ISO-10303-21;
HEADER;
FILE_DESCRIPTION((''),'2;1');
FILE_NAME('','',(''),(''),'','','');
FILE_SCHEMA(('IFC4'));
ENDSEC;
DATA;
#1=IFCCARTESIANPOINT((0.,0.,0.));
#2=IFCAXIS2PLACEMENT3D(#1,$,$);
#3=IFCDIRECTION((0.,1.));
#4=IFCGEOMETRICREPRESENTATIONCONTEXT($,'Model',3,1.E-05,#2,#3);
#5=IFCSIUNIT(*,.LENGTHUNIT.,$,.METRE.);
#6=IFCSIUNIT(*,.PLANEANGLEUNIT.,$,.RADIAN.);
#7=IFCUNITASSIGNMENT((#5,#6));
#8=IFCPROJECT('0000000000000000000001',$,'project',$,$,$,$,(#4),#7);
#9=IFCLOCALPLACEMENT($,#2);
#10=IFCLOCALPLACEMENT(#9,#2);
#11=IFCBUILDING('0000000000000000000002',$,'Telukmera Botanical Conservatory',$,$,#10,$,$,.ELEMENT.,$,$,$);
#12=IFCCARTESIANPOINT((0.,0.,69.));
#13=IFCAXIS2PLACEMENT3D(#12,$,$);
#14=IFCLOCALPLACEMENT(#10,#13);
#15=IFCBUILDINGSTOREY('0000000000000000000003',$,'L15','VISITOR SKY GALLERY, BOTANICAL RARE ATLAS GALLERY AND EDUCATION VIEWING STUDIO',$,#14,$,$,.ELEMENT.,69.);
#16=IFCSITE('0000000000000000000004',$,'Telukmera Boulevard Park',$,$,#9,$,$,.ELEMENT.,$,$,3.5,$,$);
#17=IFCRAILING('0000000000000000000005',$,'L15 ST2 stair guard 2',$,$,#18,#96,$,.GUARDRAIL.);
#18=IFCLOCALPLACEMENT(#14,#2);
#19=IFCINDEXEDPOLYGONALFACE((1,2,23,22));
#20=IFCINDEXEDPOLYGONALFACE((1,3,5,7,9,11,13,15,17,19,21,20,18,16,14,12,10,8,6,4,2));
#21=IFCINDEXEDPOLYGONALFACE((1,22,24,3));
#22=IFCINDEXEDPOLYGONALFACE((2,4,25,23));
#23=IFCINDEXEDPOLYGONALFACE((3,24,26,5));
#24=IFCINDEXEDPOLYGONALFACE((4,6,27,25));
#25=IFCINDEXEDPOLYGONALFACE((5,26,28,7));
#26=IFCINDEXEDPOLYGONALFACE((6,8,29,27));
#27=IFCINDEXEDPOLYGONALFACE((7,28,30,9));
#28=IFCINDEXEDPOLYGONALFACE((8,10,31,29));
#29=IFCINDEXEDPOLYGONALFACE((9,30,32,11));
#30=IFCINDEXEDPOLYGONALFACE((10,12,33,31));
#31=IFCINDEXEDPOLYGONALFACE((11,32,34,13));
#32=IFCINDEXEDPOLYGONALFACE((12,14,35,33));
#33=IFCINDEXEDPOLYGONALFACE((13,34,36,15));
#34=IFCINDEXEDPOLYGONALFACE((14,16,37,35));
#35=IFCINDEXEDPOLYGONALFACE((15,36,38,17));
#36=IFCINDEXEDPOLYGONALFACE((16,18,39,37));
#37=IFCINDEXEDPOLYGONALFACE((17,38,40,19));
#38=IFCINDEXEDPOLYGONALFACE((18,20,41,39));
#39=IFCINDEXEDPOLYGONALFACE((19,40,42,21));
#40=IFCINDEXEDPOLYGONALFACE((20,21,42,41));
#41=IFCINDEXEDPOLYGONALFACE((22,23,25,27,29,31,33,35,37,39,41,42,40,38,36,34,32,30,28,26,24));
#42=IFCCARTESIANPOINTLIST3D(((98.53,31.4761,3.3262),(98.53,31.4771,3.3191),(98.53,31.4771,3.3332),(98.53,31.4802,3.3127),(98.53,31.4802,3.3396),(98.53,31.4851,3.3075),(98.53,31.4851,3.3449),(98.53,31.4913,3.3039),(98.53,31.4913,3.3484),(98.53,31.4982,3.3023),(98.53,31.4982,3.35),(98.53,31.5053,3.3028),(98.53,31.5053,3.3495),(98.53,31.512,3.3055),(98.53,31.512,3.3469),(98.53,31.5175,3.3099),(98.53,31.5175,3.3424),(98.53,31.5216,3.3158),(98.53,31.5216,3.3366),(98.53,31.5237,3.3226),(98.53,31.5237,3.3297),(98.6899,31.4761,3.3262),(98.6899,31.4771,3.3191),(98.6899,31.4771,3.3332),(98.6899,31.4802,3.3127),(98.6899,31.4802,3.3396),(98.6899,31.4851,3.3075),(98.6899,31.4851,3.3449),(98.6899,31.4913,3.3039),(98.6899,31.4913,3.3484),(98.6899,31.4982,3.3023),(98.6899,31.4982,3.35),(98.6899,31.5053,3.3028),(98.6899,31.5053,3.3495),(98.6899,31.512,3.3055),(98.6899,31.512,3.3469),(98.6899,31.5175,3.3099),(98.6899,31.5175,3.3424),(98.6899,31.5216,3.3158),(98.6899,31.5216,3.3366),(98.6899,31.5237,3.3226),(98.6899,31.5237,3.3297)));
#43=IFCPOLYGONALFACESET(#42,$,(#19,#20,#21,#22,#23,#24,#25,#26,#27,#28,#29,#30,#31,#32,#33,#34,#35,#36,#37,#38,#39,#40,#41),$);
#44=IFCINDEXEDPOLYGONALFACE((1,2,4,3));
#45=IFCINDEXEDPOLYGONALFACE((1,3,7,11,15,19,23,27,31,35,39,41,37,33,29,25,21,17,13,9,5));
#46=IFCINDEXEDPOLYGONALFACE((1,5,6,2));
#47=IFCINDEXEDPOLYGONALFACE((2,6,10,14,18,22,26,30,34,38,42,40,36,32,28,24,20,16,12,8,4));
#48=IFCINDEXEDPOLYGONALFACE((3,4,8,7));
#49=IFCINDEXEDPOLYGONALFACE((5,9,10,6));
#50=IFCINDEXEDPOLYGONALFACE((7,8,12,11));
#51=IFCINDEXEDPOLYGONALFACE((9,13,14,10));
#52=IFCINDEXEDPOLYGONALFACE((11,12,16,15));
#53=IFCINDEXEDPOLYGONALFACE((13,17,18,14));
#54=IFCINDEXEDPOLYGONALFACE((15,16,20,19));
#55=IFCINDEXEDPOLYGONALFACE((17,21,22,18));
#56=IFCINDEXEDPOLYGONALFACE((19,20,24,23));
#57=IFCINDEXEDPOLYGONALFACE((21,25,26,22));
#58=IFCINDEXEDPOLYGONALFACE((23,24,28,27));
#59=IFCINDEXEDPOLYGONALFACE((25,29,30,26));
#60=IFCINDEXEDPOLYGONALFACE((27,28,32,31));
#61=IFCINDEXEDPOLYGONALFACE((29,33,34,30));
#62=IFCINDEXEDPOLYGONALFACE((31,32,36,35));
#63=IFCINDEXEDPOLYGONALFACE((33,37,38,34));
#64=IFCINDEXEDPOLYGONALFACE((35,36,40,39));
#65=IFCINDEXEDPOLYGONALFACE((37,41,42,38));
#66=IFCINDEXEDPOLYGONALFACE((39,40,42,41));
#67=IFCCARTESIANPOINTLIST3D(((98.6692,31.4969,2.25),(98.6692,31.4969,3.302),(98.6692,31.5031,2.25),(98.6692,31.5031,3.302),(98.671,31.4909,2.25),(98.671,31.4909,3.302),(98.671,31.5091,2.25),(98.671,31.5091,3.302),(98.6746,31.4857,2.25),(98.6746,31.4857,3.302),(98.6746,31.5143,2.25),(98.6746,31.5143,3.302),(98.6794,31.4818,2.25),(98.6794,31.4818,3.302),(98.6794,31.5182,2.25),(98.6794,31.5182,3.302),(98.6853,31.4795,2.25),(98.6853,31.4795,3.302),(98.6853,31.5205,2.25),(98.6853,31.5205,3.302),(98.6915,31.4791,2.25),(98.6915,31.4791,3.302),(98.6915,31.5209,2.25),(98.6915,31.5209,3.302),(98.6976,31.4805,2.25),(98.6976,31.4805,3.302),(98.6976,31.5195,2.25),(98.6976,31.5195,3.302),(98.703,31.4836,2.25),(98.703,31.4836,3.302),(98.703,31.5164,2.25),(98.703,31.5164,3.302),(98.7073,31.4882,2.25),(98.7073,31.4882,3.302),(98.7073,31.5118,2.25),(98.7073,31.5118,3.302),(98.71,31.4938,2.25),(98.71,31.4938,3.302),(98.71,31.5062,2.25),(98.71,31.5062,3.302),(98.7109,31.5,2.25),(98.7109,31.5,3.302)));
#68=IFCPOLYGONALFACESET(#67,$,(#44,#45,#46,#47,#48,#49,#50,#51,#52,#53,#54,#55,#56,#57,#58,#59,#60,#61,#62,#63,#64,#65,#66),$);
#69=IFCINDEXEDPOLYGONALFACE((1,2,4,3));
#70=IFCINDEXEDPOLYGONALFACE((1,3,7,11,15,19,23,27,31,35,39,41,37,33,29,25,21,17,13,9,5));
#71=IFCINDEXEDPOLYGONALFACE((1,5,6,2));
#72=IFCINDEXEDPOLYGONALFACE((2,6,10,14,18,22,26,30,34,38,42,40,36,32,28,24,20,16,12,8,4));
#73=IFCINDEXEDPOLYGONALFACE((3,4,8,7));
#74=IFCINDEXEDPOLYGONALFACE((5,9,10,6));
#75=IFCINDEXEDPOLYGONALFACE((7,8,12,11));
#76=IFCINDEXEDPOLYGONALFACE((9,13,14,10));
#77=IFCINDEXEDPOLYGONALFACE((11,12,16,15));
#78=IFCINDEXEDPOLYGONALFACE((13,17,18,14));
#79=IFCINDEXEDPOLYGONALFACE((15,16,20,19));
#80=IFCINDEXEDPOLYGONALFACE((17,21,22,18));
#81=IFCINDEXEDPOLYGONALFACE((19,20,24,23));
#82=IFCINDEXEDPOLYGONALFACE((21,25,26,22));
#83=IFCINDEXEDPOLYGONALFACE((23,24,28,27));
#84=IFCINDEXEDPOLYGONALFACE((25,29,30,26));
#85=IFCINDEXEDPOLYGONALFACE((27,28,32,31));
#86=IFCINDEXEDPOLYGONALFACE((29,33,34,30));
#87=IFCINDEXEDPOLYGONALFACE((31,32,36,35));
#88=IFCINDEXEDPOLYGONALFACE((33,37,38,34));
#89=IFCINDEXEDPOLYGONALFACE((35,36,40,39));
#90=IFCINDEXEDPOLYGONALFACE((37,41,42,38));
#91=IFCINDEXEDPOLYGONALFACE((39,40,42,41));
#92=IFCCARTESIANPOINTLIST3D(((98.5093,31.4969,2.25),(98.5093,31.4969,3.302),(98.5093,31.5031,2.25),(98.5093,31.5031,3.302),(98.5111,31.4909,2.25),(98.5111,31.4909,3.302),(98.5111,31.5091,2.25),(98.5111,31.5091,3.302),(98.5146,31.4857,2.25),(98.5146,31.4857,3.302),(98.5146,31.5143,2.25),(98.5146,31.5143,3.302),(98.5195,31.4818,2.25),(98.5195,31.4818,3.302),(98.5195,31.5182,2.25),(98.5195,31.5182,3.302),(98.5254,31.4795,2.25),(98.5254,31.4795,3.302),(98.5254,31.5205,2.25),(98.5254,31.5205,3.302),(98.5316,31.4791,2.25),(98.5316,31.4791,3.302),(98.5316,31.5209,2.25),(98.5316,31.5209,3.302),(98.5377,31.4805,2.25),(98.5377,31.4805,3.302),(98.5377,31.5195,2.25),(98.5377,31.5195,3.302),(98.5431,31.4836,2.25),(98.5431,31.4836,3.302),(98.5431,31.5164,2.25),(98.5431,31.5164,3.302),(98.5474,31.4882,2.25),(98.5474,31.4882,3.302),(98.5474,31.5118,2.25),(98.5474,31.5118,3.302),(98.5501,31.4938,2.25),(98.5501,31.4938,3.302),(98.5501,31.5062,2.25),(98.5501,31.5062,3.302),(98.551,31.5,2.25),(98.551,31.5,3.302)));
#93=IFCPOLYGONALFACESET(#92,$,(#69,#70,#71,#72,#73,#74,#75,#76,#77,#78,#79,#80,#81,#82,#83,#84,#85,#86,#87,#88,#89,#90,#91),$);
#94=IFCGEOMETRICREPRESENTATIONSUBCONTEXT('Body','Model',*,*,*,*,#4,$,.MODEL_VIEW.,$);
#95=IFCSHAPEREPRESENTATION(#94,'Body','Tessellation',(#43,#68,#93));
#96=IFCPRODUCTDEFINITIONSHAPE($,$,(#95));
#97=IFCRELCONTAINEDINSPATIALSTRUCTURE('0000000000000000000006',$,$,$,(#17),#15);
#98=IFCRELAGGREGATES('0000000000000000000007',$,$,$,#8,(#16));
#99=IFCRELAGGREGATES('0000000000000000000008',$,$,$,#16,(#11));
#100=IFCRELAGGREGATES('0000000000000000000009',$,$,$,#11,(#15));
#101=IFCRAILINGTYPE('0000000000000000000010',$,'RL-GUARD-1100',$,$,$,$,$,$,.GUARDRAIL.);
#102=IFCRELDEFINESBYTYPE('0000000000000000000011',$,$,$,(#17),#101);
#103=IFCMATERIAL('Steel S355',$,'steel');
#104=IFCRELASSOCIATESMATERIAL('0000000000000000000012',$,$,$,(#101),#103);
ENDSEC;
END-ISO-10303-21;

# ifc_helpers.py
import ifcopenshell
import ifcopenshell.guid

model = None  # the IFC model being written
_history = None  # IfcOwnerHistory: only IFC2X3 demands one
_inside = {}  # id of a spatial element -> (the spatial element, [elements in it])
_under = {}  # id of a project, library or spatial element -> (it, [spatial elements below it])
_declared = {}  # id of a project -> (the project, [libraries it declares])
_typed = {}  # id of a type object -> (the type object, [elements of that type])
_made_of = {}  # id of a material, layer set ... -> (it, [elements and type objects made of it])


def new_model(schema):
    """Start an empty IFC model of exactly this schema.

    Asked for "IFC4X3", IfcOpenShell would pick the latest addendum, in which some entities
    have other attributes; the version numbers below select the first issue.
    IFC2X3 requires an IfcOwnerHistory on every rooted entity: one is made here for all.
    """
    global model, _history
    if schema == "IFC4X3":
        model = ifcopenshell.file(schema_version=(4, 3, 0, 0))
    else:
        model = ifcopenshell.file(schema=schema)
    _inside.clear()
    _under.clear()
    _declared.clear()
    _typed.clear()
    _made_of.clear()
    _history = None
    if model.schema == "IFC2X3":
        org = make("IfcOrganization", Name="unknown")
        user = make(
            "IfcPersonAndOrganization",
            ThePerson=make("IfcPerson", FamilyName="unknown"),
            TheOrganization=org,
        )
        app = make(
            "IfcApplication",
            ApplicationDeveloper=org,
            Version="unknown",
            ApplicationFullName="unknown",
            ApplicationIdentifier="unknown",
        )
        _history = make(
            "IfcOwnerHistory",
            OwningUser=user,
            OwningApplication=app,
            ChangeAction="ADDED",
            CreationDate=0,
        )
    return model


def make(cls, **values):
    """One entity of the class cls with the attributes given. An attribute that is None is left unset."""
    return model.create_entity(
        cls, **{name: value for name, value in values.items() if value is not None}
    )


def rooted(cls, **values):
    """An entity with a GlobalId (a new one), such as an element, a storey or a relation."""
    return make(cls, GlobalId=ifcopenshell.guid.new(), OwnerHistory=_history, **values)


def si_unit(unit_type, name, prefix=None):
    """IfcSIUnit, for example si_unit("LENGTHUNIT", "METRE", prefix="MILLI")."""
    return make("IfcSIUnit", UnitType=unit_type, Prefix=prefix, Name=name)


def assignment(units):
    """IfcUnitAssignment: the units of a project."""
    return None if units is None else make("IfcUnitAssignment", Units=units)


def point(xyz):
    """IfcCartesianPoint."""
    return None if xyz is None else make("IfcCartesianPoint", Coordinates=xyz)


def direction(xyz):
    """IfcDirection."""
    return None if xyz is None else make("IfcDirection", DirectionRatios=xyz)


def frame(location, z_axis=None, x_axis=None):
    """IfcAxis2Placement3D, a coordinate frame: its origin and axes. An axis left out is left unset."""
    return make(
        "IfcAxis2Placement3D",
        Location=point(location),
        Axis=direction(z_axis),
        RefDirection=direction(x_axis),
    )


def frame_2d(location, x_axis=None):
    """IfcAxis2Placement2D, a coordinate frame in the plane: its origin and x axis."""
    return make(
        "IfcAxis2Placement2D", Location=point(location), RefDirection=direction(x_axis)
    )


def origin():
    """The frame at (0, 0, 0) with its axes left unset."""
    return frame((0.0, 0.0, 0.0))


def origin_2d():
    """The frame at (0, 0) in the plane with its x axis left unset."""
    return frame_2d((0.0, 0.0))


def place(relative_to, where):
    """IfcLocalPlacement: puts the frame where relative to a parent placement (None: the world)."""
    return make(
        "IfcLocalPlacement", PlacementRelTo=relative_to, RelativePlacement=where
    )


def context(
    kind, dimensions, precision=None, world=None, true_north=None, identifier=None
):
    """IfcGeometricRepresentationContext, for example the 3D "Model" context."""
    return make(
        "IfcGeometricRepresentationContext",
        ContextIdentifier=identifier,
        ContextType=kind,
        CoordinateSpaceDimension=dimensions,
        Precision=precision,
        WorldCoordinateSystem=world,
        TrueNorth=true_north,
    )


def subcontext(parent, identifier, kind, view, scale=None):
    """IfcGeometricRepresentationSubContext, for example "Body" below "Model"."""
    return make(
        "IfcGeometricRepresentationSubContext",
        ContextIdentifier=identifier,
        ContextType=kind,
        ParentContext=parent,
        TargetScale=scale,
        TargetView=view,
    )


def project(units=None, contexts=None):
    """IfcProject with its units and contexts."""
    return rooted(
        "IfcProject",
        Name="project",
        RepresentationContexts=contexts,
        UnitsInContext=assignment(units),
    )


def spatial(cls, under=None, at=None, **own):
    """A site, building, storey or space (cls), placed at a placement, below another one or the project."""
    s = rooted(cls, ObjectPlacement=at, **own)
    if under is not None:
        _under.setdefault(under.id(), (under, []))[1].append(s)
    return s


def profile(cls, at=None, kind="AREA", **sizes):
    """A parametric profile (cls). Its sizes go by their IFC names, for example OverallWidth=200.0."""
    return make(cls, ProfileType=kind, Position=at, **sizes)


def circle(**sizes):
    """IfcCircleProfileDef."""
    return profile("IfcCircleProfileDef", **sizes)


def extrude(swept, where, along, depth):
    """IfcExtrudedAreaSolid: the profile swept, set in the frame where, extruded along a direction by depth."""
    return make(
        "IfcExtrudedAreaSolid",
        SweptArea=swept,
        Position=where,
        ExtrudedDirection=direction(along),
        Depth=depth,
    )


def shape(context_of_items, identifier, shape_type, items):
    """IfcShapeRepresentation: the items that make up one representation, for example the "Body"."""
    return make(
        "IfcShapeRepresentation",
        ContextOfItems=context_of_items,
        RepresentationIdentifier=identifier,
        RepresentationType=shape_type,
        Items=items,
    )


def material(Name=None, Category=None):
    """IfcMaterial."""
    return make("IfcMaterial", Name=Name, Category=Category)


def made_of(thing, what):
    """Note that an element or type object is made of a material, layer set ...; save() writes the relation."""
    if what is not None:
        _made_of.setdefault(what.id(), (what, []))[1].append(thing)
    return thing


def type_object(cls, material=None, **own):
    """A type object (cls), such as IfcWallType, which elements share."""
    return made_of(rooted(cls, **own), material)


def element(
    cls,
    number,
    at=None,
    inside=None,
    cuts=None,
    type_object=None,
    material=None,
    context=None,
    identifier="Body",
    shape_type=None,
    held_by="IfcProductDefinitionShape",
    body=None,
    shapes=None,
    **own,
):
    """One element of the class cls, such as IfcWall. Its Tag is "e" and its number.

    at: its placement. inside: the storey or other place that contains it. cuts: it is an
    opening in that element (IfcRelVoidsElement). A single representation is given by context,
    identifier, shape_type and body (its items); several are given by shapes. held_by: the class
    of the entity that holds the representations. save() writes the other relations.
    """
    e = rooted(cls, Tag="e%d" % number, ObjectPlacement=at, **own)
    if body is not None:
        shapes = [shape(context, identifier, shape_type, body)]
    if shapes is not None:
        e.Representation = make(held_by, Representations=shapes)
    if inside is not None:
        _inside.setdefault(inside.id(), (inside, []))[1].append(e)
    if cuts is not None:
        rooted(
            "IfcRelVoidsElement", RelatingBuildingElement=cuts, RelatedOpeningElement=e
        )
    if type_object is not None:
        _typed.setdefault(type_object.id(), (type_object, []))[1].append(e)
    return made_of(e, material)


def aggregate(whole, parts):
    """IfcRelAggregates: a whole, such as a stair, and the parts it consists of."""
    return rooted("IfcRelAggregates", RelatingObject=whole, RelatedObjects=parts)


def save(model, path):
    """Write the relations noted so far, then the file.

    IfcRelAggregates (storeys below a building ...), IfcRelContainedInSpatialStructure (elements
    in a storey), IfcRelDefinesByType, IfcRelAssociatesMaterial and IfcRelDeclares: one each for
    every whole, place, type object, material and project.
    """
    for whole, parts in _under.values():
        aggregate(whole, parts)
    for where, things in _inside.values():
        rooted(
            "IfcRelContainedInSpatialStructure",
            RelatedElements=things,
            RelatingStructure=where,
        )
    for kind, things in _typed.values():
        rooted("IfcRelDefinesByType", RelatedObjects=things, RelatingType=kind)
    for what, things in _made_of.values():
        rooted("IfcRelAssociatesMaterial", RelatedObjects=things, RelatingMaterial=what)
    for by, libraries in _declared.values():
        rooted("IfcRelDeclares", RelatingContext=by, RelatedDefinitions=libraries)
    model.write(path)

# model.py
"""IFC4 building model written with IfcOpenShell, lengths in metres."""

from ifc_helpers import new_model, si_unit, direction, frame, origin, origin_2d, place, context, subcontext, project, spatial, circle, extrude, material, type_object, element, save


model = new_model("IFC4")

# Units and contexts
model_context = context("Model", 3, precision=1e-05, world=origin(), true_north=direction((0.0, 1.0)))
body_context = subcontext(model_context, "Body", "Model", "MODEL_VIEW")
ifc_project = project(units=[si_unit("LENGTHUNIT", "METRE"), si_unit("PLANEANGLEUNIT", "RADIAN")], contexts=[model_context])

# Site, building, storey
site_placement = place(None, origin())
site = spatial("IfcSite", under=ifc_project, at=site_placement, Name="Telukmera Boulevard Park", CompositionType="ELEMENT", RefElevation=3.5)
building_placement = place(site_placement, origin())
building = spatial("IfcBuilding", under=site, at=building_placement, Name="Telukmera Botanical Conservatory", CompositionType="ELEMENT")
storey_placement = place(building_placement, frame((0.0, 0.0, 69.0)))
storey = spatial("IfcBuildingStorey", under=building, at=storey_placement, Name="L15", Description="VISITOR SKY GALLERY, BOTANICAL RARE ATLAS GALLERY AND EDUCATION VIEWING STUDIO", CompositionType="ELEMENT", Elevation=69.0)

# Railing
ifc_material_1 = material(Name="Steel S355", Category="steel")
railing_type_1 = type_object("IfcRailingType", Name="RL-GUARD-1100", PredefinedType="GUARDRAIL", material=ifc_material_1)
railing_1_placement = place(storey_placement, frame((98.6899, 31.5, 2.25)))
element("IfcRailing", 1, at=railing_1_placement, inside=storey, type_object=railing_type_1, Name="L15 ST2 stair guard 2", PredefinedType="GUARDRAIL", context=body_context, shape_type="SweptSolid", body=[
    extrude(circle(Radius=0.0239, at=origin_2d()), frame((0.0, 0.0, 1.0762), z_axis=(-1.0, 0.0, 0.0), x_axis=(0.0, -1.0, 0.0)), (0.0, 0.0, 1.0), 0.1599),
    extrude(circle(Radius=0.021, at=origin_2d()), origin(), (0.0, 0.0, 1.0), 1.052),
    extrude(circle(Radius=0.021, at=origin_2d()), frame((-0.1599, 0.0, 0.0)), (0.0, 0.0, 1.0), 1.052),
])

save(model, "model.ifc")
